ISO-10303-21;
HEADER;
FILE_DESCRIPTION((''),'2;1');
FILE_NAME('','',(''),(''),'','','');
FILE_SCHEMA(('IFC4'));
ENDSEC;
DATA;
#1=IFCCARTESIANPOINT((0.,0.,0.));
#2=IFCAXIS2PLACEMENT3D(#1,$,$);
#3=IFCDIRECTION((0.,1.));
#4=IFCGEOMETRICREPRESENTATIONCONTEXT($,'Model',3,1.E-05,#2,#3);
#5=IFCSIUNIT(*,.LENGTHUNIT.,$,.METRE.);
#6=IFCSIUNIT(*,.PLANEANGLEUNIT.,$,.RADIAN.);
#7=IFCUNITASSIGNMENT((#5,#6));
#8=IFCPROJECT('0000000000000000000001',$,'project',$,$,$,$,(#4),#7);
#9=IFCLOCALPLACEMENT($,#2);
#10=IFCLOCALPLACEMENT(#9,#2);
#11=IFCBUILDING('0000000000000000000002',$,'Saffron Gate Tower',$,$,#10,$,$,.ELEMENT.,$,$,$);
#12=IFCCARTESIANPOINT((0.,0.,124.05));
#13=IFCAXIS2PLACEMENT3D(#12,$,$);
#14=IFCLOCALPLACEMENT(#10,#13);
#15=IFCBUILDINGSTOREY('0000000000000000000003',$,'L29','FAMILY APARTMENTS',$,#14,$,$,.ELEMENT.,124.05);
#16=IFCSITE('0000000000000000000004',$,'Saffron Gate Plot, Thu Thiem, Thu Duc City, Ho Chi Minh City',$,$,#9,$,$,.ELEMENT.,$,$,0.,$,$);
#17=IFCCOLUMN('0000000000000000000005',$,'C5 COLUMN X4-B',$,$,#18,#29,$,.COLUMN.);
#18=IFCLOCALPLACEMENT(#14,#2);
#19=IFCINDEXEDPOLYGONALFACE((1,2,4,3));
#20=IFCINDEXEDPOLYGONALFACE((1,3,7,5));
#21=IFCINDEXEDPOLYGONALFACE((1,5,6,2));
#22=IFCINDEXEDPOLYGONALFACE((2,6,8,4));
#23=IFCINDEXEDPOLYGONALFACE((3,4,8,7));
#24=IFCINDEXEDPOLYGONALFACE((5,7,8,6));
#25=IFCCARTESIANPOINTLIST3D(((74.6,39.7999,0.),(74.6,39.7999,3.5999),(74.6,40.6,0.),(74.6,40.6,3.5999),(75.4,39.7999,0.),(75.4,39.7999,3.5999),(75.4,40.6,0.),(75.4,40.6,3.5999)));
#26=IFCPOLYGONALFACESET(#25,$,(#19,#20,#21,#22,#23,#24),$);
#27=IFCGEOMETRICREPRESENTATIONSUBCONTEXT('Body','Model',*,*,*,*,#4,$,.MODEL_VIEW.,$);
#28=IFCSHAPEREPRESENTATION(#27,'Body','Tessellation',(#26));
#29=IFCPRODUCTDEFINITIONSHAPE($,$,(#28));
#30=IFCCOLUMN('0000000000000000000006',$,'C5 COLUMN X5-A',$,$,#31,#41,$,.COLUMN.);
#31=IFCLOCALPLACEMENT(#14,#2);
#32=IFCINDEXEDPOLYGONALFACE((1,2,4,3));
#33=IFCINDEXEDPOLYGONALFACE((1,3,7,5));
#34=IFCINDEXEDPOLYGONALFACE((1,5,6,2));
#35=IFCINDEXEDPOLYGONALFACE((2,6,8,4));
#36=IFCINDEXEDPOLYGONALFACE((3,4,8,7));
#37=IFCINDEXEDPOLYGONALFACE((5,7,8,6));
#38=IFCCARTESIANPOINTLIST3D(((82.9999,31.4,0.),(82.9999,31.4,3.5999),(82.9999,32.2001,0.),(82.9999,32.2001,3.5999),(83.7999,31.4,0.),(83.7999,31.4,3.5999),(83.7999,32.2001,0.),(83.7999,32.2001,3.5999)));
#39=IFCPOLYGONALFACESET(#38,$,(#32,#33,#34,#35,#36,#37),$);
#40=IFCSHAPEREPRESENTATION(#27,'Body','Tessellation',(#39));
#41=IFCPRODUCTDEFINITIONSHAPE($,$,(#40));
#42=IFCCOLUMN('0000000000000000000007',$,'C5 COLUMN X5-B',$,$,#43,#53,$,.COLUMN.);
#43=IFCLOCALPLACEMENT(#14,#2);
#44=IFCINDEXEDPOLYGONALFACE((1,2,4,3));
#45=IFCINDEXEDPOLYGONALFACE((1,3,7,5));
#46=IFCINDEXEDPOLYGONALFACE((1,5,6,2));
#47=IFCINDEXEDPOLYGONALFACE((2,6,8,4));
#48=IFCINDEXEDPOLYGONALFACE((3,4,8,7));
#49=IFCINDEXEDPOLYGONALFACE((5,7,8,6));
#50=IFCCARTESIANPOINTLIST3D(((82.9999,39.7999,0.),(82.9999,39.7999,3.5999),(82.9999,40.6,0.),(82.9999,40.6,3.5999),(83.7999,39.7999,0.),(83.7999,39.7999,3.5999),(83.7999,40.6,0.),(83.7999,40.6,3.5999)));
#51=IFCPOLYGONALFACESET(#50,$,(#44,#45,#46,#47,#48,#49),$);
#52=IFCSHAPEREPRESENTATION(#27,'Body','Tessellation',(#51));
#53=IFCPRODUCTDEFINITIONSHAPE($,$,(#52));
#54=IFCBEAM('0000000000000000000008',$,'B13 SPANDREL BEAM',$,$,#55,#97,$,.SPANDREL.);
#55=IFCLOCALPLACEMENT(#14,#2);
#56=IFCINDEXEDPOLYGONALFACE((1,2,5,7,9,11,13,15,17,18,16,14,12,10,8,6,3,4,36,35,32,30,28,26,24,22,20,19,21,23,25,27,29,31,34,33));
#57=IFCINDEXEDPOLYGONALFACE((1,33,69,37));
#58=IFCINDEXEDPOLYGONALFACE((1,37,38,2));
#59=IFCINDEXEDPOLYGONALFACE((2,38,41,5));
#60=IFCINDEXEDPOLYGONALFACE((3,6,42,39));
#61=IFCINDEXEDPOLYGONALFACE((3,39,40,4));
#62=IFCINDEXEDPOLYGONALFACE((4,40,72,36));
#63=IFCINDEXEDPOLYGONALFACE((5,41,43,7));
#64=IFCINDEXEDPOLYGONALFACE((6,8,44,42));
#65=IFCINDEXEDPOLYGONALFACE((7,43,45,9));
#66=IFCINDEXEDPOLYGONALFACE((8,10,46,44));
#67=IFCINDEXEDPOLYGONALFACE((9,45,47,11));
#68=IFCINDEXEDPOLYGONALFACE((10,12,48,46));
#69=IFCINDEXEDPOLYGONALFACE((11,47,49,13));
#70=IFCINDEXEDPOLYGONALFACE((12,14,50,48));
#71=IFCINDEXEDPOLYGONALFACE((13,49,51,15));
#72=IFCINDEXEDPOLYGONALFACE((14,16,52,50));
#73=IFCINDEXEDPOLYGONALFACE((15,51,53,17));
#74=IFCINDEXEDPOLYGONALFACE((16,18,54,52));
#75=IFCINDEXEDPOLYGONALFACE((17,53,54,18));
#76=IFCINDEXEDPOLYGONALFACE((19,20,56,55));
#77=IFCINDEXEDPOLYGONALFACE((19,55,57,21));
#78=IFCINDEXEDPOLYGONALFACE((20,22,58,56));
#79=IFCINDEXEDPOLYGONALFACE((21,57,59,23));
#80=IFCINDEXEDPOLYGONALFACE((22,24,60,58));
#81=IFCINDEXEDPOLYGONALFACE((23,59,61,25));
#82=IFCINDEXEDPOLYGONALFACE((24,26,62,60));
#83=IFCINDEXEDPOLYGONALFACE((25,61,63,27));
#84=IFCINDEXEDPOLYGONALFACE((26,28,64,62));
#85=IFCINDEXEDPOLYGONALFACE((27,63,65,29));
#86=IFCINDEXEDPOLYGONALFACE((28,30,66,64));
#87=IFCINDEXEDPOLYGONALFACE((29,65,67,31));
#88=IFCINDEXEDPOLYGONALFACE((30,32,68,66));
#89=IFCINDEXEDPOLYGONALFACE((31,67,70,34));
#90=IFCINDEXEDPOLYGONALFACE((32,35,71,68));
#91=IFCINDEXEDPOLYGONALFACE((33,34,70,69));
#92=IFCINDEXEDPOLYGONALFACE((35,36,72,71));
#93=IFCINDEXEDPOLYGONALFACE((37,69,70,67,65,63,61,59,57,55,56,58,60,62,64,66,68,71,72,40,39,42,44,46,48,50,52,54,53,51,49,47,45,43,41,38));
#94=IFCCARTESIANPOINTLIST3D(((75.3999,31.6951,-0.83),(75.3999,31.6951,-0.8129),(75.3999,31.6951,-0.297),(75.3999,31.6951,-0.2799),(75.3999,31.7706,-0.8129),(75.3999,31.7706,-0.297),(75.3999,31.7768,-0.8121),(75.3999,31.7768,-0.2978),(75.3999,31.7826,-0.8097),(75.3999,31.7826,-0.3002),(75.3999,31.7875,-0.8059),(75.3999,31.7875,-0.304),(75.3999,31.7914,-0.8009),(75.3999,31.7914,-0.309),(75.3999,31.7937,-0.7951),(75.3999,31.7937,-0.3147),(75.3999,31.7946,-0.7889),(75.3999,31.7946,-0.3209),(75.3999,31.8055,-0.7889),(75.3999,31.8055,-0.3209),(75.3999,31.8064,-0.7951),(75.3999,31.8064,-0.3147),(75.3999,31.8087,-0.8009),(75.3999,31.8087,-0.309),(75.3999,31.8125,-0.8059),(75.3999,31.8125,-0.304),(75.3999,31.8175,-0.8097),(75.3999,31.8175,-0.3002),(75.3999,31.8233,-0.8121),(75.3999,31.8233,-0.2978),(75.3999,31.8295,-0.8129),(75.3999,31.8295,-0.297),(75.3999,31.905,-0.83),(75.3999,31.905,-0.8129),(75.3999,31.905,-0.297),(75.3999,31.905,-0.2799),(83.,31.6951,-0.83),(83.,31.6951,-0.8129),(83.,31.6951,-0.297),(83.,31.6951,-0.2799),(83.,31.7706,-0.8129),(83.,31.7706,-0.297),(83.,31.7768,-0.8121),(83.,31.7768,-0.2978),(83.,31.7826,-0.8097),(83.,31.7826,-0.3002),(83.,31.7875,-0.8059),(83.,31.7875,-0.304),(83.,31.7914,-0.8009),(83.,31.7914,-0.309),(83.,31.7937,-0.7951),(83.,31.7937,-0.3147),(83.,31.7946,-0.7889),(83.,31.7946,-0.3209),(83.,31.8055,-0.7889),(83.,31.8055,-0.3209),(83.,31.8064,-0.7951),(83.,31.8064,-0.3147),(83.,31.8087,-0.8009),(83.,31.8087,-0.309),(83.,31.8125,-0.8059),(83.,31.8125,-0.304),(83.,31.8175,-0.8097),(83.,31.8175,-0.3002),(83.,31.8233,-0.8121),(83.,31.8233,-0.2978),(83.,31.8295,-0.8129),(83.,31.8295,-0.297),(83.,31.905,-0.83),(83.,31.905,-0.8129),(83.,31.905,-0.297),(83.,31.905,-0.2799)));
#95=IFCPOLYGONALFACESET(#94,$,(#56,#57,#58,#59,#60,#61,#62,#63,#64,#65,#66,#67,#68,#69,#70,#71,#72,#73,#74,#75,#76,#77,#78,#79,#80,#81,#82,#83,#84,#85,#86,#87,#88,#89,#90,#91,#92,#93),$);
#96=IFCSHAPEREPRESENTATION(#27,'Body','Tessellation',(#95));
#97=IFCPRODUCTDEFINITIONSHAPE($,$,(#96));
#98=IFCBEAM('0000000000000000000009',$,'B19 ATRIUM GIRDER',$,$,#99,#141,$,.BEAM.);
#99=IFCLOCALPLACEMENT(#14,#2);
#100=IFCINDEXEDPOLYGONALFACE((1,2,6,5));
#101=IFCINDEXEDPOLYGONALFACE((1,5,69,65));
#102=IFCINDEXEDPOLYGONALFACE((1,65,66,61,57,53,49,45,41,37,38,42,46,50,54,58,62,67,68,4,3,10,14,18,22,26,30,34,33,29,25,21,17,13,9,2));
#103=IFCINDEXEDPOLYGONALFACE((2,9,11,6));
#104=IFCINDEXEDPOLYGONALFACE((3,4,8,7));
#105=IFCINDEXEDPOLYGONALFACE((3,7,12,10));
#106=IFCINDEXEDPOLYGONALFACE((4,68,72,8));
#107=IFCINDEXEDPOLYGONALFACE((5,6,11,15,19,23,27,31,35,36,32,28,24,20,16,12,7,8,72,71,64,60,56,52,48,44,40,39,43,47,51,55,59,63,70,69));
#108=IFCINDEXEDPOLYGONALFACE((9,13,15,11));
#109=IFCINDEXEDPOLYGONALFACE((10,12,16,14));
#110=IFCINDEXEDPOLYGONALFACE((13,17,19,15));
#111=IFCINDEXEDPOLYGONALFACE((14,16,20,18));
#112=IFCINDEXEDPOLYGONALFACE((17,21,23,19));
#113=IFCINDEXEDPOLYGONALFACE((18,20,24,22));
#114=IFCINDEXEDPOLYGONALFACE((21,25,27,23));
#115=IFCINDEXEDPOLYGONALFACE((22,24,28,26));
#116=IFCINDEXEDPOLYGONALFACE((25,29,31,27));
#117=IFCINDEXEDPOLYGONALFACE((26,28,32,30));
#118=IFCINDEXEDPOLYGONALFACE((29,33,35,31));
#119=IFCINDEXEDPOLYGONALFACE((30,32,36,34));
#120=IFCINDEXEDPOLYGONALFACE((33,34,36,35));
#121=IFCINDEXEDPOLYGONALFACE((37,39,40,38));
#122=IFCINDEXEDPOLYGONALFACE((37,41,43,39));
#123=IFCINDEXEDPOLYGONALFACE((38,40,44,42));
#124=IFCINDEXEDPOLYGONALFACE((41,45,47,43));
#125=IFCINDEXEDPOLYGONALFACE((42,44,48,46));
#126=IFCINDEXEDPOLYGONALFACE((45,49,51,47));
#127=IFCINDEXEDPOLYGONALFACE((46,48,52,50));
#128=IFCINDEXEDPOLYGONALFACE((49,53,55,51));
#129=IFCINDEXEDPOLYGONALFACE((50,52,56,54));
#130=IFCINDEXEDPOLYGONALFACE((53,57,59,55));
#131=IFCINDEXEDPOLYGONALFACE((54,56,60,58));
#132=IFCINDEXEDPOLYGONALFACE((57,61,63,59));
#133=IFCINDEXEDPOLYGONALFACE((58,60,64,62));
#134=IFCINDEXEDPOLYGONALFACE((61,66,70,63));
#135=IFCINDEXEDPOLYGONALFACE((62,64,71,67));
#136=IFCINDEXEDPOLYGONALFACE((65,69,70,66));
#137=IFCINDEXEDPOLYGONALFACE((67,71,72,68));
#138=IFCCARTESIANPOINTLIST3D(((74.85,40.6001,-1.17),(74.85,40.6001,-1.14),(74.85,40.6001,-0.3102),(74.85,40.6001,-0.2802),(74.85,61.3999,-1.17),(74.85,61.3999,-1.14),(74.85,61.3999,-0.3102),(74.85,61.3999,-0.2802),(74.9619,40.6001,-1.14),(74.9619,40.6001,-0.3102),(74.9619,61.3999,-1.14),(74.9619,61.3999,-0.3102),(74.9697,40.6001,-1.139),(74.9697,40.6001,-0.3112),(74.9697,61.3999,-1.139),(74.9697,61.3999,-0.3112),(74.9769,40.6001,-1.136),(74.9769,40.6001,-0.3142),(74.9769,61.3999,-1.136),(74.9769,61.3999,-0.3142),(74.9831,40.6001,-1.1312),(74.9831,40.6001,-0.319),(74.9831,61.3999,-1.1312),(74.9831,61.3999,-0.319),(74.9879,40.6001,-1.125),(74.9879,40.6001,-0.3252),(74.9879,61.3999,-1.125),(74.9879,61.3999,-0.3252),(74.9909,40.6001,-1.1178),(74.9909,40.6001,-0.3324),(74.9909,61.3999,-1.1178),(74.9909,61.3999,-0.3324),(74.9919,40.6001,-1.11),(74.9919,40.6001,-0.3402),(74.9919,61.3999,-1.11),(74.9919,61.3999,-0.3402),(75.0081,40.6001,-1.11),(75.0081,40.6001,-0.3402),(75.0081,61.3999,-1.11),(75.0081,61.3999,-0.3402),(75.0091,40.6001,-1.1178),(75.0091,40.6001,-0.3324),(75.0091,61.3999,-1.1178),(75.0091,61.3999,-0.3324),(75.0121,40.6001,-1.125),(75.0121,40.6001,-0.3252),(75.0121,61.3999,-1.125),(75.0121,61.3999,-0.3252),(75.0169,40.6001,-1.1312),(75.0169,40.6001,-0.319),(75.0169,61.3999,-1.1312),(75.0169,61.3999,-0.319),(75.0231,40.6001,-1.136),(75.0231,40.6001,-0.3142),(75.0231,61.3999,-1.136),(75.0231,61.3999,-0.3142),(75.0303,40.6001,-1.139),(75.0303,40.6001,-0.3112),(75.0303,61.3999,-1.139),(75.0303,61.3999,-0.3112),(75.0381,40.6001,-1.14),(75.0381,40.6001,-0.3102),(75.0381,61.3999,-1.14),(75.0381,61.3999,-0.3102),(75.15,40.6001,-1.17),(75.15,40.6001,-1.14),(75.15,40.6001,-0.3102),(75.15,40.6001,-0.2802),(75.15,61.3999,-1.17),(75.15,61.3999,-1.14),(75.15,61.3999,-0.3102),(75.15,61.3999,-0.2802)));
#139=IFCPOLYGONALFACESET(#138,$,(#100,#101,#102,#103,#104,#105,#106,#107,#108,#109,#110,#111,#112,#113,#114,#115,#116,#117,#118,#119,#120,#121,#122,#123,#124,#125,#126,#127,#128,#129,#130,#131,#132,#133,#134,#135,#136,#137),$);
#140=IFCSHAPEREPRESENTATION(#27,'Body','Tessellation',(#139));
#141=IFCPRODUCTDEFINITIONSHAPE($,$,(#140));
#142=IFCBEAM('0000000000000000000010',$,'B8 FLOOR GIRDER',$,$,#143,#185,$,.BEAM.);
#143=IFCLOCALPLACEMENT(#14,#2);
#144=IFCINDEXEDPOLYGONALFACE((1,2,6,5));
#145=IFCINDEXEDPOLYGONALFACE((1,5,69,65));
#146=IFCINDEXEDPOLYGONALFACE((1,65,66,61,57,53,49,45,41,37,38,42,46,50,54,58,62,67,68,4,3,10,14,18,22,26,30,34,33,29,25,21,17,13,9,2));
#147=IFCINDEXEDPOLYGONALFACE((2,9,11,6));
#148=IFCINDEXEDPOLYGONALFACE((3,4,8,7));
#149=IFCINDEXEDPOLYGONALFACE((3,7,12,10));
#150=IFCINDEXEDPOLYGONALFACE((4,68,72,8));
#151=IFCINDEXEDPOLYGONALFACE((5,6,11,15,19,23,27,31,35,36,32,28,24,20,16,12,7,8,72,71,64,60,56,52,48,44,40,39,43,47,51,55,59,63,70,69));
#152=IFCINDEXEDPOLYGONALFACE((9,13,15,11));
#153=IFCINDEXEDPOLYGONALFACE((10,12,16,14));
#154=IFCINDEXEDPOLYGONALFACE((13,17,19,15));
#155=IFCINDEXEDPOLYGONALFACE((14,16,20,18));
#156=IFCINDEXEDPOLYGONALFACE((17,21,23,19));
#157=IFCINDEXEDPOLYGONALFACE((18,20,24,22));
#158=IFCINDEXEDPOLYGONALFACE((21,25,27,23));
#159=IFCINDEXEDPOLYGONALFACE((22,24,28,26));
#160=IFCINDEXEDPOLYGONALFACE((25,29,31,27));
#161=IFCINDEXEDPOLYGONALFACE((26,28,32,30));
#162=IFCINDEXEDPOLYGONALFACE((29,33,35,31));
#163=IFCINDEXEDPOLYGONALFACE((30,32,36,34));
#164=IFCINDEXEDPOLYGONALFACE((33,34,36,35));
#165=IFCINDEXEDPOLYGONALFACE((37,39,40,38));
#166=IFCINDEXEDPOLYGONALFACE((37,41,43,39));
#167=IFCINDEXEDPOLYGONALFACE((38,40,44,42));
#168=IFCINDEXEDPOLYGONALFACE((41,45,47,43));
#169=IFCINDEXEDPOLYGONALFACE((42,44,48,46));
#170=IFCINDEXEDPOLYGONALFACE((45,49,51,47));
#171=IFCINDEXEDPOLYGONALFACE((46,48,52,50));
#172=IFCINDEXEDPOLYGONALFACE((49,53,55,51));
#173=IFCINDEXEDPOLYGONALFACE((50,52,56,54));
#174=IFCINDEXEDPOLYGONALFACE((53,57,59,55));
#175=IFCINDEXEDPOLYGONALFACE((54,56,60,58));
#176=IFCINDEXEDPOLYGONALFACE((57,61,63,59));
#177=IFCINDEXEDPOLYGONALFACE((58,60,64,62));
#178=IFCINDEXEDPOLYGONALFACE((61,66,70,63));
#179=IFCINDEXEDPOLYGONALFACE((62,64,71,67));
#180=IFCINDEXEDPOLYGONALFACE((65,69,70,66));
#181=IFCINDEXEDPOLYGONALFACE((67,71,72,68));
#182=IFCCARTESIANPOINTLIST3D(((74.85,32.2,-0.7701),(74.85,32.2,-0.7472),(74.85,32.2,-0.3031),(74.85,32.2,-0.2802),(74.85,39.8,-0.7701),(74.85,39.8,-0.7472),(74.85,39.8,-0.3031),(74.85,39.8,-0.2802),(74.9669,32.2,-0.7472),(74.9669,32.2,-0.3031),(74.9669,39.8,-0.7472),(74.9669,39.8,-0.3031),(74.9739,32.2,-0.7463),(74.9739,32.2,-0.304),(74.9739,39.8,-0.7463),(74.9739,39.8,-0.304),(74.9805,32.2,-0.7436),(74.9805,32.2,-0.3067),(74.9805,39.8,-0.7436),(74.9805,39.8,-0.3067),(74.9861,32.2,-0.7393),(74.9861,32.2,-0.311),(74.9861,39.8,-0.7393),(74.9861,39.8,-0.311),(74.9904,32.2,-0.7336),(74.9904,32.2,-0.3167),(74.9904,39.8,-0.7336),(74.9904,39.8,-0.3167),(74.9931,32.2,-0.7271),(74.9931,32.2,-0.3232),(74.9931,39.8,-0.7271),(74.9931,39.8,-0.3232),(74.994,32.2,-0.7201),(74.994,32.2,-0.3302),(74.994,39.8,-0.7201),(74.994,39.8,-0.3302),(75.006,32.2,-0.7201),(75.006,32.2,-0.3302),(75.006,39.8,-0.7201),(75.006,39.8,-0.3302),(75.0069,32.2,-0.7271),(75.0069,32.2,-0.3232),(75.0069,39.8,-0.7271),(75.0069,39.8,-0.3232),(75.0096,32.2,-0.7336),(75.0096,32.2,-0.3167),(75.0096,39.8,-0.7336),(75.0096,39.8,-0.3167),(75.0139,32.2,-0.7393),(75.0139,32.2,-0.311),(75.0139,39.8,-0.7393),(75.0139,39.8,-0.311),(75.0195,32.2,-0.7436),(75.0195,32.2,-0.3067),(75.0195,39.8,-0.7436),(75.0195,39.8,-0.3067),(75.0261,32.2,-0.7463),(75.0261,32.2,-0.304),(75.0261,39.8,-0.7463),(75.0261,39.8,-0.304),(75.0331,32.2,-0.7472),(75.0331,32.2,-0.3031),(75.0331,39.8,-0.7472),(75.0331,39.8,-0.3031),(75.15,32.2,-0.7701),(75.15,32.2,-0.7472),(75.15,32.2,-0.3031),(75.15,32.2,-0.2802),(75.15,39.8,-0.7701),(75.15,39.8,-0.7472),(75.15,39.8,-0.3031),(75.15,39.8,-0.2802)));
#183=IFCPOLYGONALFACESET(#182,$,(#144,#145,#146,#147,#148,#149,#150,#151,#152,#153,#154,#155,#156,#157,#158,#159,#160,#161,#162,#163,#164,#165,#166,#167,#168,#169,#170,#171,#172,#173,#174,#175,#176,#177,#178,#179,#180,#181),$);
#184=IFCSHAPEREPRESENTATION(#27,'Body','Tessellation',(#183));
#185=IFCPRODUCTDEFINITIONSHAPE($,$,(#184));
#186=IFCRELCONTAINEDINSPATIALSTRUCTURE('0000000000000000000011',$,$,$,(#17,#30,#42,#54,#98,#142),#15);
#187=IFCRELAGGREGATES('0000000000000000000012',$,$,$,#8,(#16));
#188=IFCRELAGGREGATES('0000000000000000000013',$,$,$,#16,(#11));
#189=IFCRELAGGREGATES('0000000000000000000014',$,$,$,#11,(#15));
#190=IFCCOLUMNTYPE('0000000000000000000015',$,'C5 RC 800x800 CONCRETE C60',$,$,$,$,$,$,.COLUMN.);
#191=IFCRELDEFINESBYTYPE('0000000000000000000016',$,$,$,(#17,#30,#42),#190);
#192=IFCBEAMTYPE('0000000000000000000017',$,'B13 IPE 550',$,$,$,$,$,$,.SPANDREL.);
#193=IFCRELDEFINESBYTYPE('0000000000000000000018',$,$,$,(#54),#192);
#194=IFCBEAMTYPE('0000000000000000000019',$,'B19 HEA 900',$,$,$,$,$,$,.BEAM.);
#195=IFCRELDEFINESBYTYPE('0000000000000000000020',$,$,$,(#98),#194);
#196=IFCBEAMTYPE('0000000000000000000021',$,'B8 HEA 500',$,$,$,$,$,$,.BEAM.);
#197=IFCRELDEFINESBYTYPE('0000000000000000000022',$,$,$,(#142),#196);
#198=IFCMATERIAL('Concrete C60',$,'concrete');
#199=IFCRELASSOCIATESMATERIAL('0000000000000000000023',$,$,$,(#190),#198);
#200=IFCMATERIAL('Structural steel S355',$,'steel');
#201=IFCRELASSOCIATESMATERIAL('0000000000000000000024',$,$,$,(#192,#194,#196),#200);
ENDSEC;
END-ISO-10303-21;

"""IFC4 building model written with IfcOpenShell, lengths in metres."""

from ifc_helpers import new_model, si_unit, direction, frame, origin, origin_2d, place, context, subcontext, project, spatial, rectangle, i_section, extrude, material, material_profile, profile_set, type_object, element, save


model = new_model("IFC4")

# Units and contexts
model_context = context("Model", 3, precision=1e-05, world=origin(), true_north=direction((0.0, 1.0)))
body_context = subcontext(model_context, "Body", "Model", "MODEL_VIEW")
ifc_project = project(units=[si_unit("LENGTHUNIT", "METRE"), si_unit("PLANEANGLEUNIT", "RADIAN")], contexts=[model_context])

# Site, building, storey
site_placement = place(None, origin())
site = spatial("IfcSite", under=ifc_project, at=site_placement, Name="Saffron Gate Plot, Thu Thiem, Thu Duc City, Ho Chi Minh City", CompositionType="ELEMENT", RefElevation=0.0)
building_placement = place(site_placement, origin())
building = spatial("IfcBuilding", under=site, at=building_placement, Name="Saffron Gate Tower", CompositionType="ELEMENT")
storey_placement = place(building_placement, frame((0.0, 0.0, 124.05)))
storey = spatial("IfcBuildingStorey", under=building, at=storey_placement, Name="L29", Description="FAMILY APARTMENTS", CompositionType="ELEMENT", Elevation=124.05)

# Columns
ifc_material_1 = material(Name="Concrete C60", Category="concrete")
ifc_material_profile_1 = material_profile(ifc_material_1, rectangle(XDim=0.8, YDim=0.8, at=origin_2d()))
ifc_profile_set_1 = profile_set([ifc_material_profile_1], Name="Concrete C60")
column_type = type_object("IfcColumnType", Name="C5 RC 800x800 CONCRETE C60", PredefinedType="COLUMN", material=ifc_profile_set_1)
for number, where, z_axis, x_axis, name in (
    (1, (75.0, 40.2, 0.0), (0.0, 0.0, 1.0), (1.0, 0.0, 0.0), "C5 COLUMN X4-B"),
    (2, (83.3999, 31.8, 0.0), (0.0, 0.0, 1.0), (1.0, 0.0, 0.0), "C5 COLUMN X5-A"),
    (3, (83.3999, 40.2, 0.0), (0.0, 0.0, 1.0), (1.0, 0.0, 0.0), "C5 COLUMN X5-B"),
):
    element("IfcColumn", number, at=place(storey_placement, frame(where, z_axis=z_axis, x_axis=x_axis)), inside=storey, type_object=column_type, Name=name, PredefinedType="COLUMN", context=body_context, shape_type="SweptSolid", body=[
        extrude(rectangle(XDim=0.8, YDim=0.8, at=origin_2d()), origin(), (0.0, 0.0, 1.0), 3.5999),
    ])

# Beams
ifc_material_2 = material(Name="Structural steel S355", Category="steel")
ifc_material_profile_2 = material_profile(ifc_material_2, i_section(OverallWidth=0.21, OverallDepth=0.55, WebThickness=0.011, FlangeThickness=0.0171, FilletRadius=0.0239, at=origin_2d()))
ifc_profile_set_2 = profile_set([ifc_material_profile_2], Name="Structural steel S355")
beam_type_1 = type_object("IfcBeamType", Name="B13 IPE 550", PredefinedType="SPANDREL", material=ifc_profile_set_2)
beam_1_placement = place(storey_placement, frame((75.3999, 31.8, -0.5549), z_axis=(1.0, 0.0, 0.0), x_axis=(0.0, 1.0, 0.0)))
element("IfcBeam", 4, at=beam_1_placement, inside=storey, type_object=beam_type_1, Name="B13 SPANDREL BEAM", PredefinedType="SPANDREL", context=body_context, shape_type="SweptSolid", body=[
    extrude(i_section(OverallWidth=0.21, OverallDepth=0.55, WebThickness=0.011, FlangeThickness=0.0171, FilletRadius=0.0239, at=origin_2d()), origin(), (0.0, 0.0, 1.0), 7.6001),
])
ifc_material_profile_3 = material_profile(ifc_material_2, i_section(OverallWidth=0.3, OverallDepth=0.8899, WebThickness=0.0161, FlangeThickness=0.03, FilletRadius=0.03, at=origin_2d()))
ifc_profile_set_3 = profile_set([ifc_material_profile_3], Name="Structural steel S355")
beam_type_2 = type_object("IfcBeamType", Name="B19 HEA 900", PredefinedType="BEAM", material=ifc_profile_set_3)
beam_2_placement = place(storey_placement, frame((75.0, 40.6001, -0.7251), z_axis=(0.0, 1.0, 0.0), x_axis=(-1.0, 0.0, 0.0)))
element("IfcBeam", 5, at=beam_2_placement, inside=storey, type_object=beam_type_2, Name="B19 ATRIUM GIRDER", PredefinedType="BEAM", context=body_context, shape_type="SweptSolid", body=[
    extrude(i_section(OverallWidth=0.3, OverallDepth=0.8899, WebThickness=0.0161, FlangeThickness=0.03, FilletRadius=0.03, at=origin_2d()), origin(), (0.0, 0.0, 1.0), 20.7998),
])
ifc_material_profile_4 = material_profile(ifc_material_2, i_section(OverallWidth=0.3, OverallDepth=0.49, WebThickness=0.012, FlangeThickness=0.0229, FilletRadius=0.0271, at=origin_2d()))
ifc_profile_set_4 = profile_set([ifc_material_profile_4], Name="Structural steel S355")
beam_type_3 = type_object("IfcBeamType", Name="B8 HEA 500", PredefinedType="BEAM", material=ifc_profile_set_4)
for number, where, z_axis, x_axis, name in (
    (6, (75.0, 32.2, -0.5251), (0.0, 1.0, 0.0), (-1.0, 0.0, 0.0), "B8 FLOOR GIRDER"),
):
    element("IfcBeam", number, at=place(storey_placement, frame(where, z_axis=z_axis, x_axis=x_axis)), inside=storey, type_object=beam_type_3, Name=name, PredefinedType="BEAM", context=body_context, shape_type="SweptSolid", body=[
        extrude(i_section(OverallWidth=0.3, OverallDepth=0.49, WebThickness=0.012, FlangeThickness=0.0229, FilletRadius=0.0271, at=origin_2d()), origin(), (0.0, 0.0, 1.0), 7.6001),
    ])

save(model, "model.ifc")
